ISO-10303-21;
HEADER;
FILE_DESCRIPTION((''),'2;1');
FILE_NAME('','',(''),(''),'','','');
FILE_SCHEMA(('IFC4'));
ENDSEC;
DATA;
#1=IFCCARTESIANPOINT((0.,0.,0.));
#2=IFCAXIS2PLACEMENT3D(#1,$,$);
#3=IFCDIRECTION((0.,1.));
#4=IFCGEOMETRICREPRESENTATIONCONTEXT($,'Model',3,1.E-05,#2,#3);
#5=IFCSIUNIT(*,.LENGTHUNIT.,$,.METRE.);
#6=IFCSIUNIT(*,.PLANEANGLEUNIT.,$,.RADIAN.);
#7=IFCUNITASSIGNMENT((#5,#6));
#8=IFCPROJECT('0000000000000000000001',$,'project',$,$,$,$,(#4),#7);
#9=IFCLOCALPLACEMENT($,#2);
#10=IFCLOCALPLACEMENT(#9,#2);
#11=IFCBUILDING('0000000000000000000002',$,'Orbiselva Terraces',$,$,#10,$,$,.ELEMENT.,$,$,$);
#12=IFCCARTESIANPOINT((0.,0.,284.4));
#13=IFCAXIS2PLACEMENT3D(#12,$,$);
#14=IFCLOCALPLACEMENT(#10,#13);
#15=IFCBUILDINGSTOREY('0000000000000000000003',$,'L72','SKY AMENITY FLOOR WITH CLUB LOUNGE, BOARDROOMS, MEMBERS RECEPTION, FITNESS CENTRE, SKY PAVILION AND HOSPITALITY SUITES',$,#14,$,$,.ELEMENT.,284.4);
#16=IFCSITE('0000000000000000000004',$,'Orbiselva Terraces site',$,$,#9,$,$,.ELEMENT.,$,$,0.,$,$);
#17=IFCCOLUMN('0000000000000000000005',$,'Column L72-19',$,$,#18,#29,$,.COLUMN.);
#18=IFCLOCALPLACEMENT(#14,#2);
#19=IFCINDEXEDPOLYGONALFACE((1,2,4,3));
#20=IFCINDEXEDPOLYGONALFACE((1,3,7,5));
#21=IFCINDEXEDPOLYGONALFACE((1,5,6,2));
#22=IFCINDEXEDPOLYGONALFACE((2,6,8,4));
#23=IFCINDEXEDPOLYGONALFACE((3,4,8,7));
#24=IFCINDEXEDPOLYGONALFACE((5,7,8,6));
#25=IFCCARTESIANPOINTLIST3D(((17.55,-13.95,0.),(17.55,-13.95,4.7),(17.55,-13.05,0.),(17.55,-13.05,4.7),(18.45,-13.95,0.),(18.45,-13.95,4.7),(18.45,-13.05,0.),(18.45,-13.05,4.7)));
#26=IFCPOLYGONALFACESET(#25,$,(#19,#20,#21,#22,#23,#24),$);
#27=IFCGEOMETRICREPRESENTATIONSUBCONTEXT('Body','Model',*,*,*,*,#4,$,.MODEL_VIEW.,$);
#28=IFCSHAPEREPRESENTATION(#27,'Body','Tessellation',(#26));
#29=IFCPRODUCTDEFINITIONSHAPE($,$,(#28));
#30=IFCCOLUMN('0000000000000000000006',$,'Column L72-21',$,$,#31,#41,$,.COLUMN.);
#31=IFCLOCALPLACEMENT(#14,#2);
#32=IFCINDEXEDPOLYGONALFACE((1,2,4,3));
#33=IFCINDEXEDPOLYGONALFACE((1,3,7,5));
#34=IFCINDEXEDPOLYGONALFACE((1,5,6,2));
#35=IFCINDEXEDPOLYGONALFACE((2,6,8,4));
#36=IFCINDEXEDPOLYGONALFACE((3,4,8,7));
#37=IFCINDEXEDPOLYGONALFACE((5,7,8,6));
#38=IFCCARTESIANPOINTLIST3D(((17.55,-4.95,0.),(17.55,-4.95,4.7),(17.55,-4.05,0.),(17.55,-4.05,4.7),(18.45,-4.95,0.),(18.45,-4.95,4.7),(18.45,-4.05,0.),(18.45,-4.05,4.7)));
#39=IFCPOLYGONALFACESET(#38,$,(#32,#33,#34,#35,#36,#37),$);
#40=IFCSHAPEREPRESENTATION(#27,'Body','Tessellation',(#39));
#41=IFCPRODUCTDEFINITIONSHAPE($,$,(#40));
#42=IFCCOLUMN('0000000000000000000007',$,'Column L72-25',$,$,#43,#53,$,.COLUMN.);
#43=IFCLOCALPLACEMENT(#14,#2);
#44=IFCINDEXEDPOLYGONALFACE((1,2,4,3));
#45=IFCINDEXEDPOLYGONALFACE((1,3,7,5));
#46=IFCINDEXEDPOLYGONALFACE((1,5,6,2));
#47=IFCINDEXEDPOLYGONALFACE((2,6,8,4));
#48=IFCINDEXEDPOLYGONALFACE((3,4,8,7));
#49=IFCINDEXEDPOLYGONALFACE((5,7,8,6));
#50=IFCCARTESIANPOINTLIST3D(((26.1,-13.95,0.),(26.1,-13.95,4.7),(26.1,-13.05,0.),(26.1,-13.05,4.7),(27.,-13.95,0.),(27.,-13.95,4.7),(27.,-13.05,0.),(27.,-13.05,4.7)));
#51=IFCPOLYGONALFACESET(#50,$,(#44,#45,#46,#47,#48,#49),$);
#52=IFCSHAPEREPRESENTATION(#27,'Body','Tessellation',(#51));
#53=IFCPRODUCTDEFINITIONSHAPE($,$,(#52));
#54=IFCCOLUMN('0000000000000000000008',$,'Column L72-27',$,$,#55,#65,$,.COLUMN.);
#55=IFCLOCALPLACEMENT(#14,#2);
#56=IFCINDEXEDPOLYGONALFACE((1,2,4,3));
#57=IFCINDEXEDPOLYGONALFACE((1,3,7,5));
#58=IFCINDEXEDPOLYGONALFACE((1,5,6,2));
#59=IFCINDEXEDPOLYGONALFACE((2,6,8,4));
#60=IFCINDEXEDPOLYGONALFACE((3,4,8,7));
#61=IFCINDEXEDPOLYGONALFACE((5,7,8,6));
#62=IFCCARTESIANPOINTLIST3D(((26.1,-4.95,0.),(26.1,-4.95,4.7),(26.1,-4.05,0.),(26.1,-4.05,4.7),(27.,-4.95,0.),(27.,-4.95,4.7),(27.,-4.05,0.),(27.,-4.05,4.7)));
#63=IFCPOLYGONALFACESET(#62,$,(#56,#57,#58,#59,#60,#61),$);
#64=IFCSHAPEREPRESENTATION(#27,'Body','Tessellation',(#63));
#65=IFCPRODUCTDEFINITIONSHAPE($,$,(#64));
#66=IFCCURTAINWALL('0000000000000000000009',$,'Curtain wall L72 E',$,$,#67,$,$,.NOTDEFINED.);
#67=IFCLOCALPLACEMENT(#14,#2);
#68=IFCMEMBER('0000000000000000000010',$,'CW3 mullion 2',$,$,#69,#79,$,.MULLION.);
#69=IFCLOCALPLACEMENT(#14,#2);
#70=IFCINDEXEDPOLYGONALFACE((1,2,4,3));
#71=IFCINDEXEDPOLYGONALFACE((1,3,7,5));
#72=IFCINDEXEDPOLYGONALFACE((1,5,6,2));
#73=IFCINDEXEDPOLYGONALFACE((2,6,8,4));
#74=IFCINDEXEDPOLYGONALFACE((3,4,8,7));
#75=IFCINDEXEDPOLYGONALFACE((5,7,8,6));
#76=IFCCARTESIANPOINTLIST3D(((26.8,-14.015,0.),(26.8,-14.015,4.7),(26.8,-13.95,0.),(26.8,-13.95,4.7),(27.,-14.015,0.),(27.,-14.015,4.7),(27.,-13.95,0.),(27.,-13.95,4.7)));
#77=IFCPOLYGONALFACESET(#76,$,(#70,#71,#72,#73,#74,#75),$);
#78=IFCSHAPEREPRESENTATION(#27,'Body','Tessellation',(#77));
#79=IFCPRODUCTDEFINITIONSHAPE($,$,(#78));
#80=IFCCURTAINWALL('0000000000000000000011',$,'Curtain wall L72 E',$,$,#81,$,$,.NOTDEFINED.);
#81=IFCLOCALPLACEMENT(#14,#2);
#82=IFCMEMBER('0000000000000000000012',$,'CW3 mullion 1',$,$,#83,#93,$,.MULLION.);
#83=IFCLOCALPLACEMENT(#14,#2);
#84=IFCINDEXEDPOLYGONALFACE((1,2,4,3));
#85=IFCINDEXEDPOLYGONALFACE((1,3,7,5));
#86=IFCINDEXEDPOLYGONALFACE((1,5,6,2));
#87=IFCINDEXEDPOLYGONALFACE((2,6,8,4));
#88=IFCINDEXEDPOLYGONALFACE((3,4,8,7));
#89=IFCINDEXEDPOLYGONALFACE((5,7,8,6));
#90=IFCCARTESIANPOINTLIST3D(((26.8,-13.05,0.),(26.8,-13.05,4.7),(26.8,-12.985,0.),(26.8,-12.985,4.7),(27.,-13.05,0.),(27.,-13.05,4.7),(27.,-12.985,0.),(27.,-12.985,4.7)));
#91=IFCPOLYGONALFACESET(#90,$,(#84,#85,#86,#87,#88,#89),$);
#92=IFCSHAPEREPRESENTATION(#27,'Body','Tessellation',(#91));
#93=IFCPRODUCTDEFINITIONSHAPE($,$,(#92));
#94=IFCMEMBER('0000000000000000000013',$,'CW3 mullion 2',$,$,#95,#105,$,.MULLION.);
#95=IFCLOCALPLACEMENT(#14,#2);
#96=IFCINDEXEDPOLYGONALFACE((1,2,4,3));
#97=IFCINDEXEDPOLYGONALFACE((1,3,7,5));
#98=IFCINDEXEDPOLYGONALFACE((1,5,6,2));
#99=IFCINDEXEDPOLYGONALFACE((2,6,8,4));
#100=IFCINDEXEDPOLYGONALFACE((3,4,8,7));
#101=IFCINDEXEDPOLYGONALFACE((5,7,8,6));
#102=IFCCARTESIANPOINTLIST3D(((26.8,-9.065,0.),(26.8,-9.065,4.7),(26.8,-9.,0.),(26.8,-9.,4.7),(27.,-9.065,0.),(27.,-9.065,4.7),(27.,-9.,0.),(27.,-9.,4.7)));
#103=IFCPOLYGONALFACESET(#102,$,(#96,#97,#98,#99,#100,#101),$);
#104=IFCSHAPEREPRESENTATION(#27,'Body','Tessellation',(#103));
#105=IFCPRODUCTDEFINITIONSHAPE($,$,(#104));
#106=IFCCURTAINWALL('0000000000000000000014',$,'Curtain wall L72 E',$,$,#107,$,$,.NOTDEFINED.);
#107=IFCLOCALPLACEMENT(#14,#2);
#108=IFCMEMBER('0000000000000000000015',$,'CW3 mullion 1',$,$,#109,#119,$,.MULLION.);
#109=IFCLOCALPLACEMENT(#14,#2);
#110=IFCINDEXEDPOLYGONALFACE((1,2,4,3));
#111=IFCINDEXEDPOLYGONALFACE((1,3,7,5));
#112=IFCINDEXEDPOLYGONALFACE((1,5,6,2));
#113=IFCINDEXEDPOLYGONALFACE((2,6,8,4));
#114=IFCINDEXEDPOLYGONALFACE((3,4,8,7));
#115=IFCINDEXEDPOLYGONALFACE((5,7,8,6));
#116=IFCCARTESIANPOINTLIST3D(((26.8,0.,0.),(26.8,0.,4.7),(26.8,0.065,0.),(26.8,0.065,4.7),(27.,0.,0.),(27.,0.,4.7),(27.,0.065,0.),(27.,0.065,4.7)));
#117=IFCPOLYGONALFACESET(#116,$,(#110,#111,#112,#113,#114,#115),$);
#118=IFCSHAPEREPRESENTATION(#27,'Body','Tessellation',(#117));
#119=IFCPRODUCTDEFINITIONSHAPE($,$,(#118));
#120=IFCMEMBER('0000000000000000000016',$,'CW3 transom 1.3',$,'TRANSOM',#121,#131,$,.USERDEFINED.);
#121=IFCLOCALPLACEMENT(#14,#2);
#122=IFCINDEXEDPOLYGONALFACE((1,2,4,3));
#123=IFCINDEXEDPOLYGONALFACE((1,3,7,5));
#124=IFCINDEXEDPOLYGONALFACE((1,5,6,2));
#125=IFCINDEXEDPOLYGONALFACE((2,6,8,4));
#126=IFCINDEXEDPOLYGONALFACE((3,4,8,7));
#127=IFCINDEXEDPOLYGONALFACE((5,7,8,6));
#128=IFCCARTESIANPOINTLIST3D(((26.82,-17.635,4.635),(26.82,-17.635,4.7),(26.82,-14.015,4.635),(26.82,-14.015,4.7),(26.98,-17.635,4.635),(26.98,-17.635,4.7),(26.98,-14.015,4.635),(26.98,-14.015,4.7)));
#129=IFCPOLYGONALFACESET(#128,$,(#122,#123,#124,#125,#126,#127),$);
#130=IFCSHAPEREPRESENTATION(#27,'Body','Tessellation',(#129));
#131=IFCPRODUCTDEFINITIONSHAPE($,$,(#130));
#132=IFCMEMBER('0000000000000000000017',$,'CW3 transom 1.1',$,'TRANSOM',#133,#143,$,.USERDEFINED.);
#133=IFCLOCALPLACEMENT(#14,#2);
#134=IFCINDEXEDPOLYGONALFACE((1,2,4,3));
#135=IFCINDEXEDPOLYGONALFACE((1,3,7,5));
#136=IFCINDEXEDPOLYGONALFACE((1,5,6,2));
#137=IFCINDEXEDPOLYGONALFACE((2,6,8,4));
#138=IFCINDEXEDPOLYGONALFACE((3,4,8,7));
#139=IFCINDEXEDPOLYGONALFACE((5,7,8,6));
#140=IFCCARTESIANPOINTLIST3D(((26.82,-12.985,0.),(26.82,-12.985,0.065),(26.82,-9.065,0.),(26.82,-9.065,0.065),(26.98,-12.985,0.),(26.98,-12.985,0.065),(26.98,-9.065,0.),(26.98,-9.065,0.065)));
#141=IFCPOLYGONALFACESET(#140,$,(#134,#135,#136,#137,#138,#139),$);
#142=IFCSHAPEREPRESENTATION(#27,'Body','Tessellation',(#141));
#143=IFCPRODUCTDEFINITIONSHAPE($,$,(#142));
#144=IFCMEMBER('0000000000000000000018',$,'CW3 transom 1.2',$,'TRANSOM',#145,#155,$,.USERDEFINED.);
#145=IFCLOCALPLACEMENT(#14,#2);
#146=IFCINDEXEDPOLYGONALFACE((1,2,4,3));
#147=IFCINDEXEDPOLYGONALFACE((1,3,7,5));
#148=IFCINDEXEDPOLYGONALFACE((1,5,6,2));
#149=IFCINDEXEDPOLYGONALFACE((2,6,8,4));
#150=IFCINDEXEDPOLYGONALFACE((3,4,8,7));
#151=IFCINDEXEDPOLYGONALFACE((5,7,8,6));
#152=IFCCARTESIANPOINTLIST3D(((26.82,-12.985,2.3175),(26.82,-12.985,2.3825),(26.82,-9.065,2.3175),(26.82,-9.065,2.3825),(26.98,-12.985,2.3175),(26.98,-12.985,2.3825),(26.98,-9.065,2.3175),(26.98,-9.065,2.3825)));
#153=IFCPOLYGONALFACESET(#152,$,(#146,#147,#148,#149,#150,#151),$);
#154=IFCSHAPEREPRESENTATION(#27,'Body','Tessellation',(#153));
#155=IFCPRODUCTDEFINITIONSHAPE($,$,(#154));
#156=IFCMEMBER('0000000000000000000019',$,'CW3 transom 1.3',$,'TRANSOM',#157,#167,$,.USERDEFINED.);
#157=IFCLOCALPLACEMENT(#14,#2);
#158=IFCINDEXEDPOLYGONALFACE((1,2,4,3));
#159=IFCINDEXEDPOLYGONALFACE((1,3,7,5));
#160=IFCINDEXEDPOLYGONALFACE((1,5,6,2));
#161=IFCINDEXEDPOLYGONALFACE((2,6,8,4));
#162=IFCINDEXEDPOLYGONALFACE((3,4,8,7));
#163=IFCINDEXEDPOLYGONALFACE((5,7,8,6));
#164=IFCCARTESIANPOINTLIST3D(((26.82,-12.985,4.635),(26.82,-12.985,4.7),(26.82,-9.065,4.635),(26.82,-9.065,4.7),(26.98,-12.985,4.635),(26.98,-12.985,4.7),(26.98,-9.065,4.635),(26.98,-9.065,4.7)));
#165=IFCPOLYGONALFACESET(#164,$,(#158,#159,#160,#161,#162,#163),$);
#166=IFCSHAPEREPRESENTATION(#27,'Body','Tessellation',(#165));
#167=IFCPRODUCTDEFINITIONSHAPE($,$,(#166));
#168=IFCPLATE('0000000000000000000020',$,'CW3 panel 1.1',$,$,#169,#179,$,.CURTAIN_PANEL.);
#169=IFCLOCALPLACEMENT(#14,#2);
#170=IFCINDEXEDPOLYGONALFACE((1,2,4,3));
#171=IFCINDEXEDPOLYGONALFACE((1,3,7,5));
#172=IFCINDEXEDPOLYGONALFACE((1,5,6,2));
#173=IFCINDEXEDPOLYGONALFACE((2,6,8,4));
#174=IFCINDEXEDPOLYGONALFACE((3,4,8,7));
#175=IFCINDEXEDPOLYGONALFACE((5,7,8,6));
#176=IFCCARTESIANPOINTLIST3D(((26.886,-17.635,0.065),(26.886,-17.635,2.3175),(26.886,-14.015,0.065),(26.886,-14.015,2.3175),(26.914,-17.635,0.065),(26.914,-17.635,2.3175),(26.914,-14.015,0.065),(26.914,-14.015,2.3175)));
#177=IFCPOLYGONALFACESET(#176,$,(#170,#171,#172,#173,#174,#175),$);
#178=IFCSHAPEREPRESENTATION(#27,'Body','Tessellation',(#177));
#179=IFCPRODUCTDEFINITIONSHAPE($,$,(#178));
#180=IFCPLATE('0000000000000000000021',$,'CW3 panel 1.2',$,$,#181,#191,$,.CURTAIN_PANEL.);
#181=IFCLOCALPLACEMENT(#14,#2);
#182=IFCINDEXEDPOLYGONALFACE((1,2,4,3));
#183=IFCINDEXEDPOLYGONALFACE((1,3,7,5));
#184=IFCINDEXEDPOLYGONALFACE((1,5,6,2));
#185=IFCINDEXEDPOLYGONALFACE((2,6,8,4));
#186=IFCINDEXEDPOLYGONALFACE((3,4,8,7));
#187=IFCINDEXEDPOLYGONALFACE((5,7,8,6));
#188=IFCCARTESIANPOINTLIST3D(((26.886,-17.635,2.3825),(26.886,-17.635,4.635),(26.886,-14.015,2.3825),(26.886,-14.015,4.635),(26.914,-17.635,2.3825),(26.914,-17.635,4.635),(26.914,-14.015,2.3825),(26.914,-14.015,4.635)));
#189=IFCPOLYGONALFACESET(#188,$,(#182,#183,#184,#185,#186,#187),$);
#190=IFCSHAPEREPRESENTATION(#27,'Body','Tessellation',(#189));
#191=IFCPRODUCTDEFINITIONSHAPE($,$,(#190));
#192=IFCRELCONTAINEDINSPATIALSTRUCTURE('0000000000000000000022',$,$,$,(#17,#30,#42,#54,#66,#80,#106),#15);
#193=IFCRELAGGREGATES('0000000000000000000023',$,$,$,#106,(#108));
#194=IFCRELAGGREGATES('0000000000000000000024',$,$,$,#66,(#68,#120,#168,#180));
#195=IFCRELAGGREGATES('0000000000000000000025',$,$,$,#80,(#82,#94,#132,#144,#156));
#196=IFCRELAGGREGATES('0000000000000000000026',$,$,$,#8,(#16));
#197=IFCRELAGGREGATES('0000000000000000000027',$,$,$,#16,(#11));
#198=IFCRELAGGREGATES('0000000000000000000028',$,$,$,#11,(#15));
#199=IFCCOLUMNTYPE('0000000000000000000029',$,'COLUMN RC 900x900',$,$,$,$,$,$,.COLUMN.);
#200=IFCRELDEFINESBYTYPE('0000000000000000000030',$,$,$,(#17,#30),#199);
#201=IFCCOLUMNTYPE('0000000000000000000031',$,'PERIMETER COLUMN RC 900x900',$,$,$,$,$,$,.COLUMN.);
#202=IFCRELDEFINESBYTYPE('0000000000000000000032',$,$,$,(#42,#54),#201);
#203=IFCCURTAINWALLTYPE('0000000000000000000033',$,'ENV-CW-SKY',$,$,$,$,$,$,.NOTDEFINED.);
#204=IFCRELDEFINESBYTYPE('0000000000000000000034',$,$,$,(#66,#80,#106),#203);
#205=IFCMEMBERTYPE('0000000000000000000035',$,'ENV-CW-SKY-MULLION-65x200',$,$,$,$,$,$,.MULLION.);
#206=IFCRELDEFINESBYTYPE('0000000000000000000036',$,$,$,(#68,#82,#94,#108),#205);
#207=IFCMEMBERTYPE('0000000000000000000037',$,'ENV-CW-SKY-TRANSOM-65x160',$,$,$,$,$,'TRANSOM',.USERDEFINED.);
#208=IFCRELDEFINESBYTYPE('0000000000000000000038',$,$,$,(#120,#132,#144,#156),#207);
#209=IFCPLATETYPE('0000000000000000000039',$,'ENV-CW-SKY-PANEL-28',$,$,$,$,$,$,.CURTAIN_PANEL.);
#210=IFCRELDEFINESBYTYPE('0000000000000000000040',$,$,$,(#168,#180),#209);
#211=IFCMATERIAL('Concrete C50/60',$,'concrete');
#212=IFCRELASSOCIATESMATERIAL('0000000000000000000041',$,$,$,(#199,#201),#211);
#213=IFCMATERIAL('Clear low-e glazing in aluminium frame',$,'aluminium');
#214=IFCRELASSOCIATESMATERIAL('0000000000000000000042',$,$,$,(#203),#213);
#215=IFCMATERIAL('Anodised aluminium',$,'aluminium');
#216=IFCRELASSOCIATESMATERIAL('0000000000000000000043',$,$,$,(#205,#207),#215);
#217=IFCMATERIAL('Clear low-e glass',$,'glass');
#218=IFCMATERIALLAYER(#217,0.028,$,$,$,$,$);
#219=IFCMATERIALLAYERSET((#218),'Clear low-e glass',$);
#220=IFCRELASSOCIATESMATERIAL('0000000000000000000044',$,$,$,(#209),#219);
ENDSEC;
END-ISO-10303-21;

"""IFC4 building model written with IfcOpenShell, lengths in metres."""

from ifc_helpers import new_model, si_unit, direction, frame, origin, origin_2d, place, context, subcontext, project, spatial, rectangle, extrude, material, layer, layer_set, material_profile, profile_set, type_object, element, aggregate, save


model = new_model("IFC4")

# Units and contexts
model_context = context("Model", 3, precision=1e-05, world=origin(), true_north=direction((0.0, 1.0)))
body_context = subcontext(model_context, "Body", "Model", "MODEL_VIEW")
ifc_project = project(units=[si_unit("LENGTHUNIT", "METRE"), si_unit("PLANEANGLEUNIT", "RADIAN")], contexts=[model_context])

# Site, building, storey
site_placement = place(None, origin())
site = spatial("IfcSite", under=ifc_project, at=site_placement, Name="Orbiselva Terraces site", CompositionType="ELEMENT", RefElevation=0.0)
building_placement = place(site_placement, origin())
building = spatial("IfcBuilding", under=site, at=building_placement, Name="Orbiselva Terraces", CompositionType="ELEMENT")
storey_placement = place(building_placement, frame((0.0, 0.0, 284.4)))
storey = spatial("IfcBuildingStorey", under=building, at=storey_placement, Name="L72", Description="SKY AMENITY FLOOR WITH CLUB LOUNGE, BOARDROOMS, MEMBERS RECEPTION, FITNESS CENTRE, SKY PAVILION AND HOSPITALITY SUITES", CompositionType="ELEMENT", Elevation=284.4)

# Columns
ifc_material_1 = material(Name="Concrete C50/60", Category="concrete")
ifc_material_profile_1 = material_profile(ifc_material_1, rectangle(XDim=0.9, YDim=0.9, at=origin_2d()), Name="RC 900x900")
ifc_profile_set_1 = profile_set([ifc_material_profile_1], Name="Concrete C50/60")
column_type_1 = type_object("IfcColumnType", Name="COLUMN RC 900x900", PredefinedType="COLUMN", material=ifc_profile_set_1)
for number, where, z_axis, x_axis, name in (
    (1, (18.0, -13.5, 0.0), (0.0, 0.0, 1.0), (1.0, 0.0, 0.0), "Column L72-19"),
    (2, (18.0, -4.5, 0.0), (0.0, 0.0, 1.0), (1.0, 0.0, 0.0), "Column L72-21"),
):
    element("IfcColumn", number, at=place(storey_placement, frame(where, z_axis=z_axis, x_axis=x_axis)), inside=storey, type_object=column_type_1, Name=name, PredefinedType="COLUMN", context=body_context, shape_type="SweptSolid", body=[
        extrude(rectangle(XDim=0.9, YDim=0.9, at=origin_2d()), origin(), (0.0, 0.0, 1.0), 4.7),
    ])
ifc_material_profile_2 = material_profile(ifc_material_1, rectangle(XDim=0.9, YDim=0.9, at=origin_2d()), Name="RC 900x900")
ifc_profile_set_2 = profile_set([ifc_material_profile_2], Name="Concrete C50/60")
column_type_2 = type_object("IfcColumnType", Name="PERIMETER COLUMN RC 900x900", PredefinedType="COLUMN", material=ifc_profile_set_2)
for number, where, z_axis, x_axis, name in (
    (3, (26.55, -13.5, 0.0), (0.0, 0.0, 1.0), (1.0, 0.0, 0.0), "Column L72-25"),
    (4, (26.55, -4.5, 0.0), (0.0, 0.0, 1.0), (1.0, 0.0, 0.0), "Column L72-27"),
):
    element("IfcColumn", number, at=place(storey_placement, frame(where, z_axis=z_axis, x_axis=x_axis)), inside=storey, type_object=column_type_2, Name=name, PredefinedType="COLUMN", context=body_context, shape_type="SweptSolid", body=[
        extrude(rectangle(XDim=0.9, YDim=0.9, at=origin_2d()), origin(), (0.0, 0.0, 1.0), 4.7),
    ])

# Curtain wall, member
ifc_material_2 = material(Name="Clear low-e glazing in aluminium frame", Category="aluminium")
curtain_wall_type = type_object("IfcCurtainWallType", Name="ENV-CW-SKY", PredefinedType="NOTDEFINED", material=ifc_material_2)
curtain_wall_1_placement = place(storey_placement, origin())
curtain_wall_1 = element("IfcCurtainWall", 5, at=curtain_wall_1_placement, inside=storey, type_object=curtain_wall_type, Name="Curtain wall L72 E", PredefinedType="NOTDEFINED")
ifc_material_3 = material(Name="Anodised aluminium", Category="aluminium")
ifc_material_profile_3 = material_profile(ifc_material_3, rectangle(XDim=0.2, YDim=0.065, at=origin_2d()), Name="AL 65x200")
ifc_profile_set_3 = profile_set([ifc_material_profile_3], Name="Anodised aluminium")
member_type_1 = type_object("IfcMemberType", Name="ENV-CW-SKY-MULLION-65x200", PredefinedType="MULLION", material=ifc_profile_set_3)
member_1_placement = place(storey_placement, frame((26.9, -13.9825, 0.0), z_axis=(0.0, 0.0, 1.0), x_axis=(-1.0, 0.0, 0.0)))
member_1 = element("IfcMember", 6, at=member_1_placement, type_object=member_type_1, Name="CW3 mullion 2", PredefinedType="MULLION", context=body_context, shape_type="SweptSolid", body=[
    extrude(rectangle(XDim=0.2, YDim=0.065, at=origin_2d()), origin(), (0.0, 0.0, 1.0), 4.7),
])

# Curtain wall, members
curtain_wall_2_placement = place(storey_placement, origin())
curtain_wall_2 = element("IfcCurtainWall", 7, at=curtain_wall_2_placement, inside=storey, type_object=curtain_wall_type, Name="Curtain wall L72 E", PredefinedType="NOTDEFINED")
member_2_placement = place(storey_placement, frame((26.9, -13.0175, 0.0), z_axis=(0.0, 0.0, 1.0), x_axis=(-1.0, 0.0, 0.0)))
member_2 = element("IfcMember", 8, at=member_2_placement, type_object=member_type_1, Name="CW3 mullion 1", PredefinedType="MULLION", context=body_context, shape_type="SweptSolid", body=[
    extrude(rectangle(XDim=0.2, YDim=0.065, at=origin_2d()), origin(), (0.0, 0.0, 1.0), 4.7),
])
member_3_placement = place(storey_placement, frame((26.9, -9.0325, 0.0), z_axis=(0.0, 0.0, 1.0), x_axis=(-1.0, 0.0, 0.0)))
member_3 = element("IfcMember", 9, at=member_3_placement, type_object=member_type_1, Name="CW3 mullion 2", PredefinedType="MULLION", context=body_context, shape_type="SweptSolid", body=[
    extrude(rectangle(XDim=0.2, YDim=0.065, at=origin_2d()), origin(), (0.0, 0.0, 1.0), 4.7),
])

# Curtain wall, member
curtain_wall_3_placement = place(storey_placement, origin())
curtain_wall_3 = element("IfcCurtainWall", 10, at=curtain_wall_3_placement, inside=storey, type_object=curtain_wall_type, Name="Curtain wall L72 E", PredefinedType="NOTDEFINED")
member_4_placement = place(storey_placement, frame((26.9, 0.0325, 0.0), z_axis=(0.0, 0.0, 1.0), x_axis=(-1.0, 0.0, 0.0)))
member_4 = element("IfcMember", 11, at=member_4_placement, type_object=member_type_1, Name="CW3 mullion 1", PredefinedType="MULLION", context=body_context, shape_type="SweptSolid", body=[
    extrude(rectangle(XDim=0.2, YDim=0.065, at=origin_2d()), origin(), (0.0, 0.0, 1.0), 4.7),
])
aggregate(curtain_wall_3, [member_4])

# Members
ifc_material_profile_4 = material_profile(ifc_material_3, rectangle(XDim=0.16, YDim=0.065, at=origin_2d()), Name="AL 65x160")
ifc_profile_set_4 = profile_set([ifc_material_profile_4], Name="Anodised aluminium")
member_type_2 = type_object("IfcMemberType", Name="ENV-CW-SKY-TRANSOM-65x160", ElementType="TRANSOM", PredefinedType="USERDEFINED", material=ifc_profile_set_4)
member_5_placement = place(storey_placement, frame((26.9, -17.635, 4.6675), z_axis=(0.0, 1.0, 0.0), x_axis=(-1.0, 0.0, 0.0)))
member_5 = element("IfcMember", 12, at=member_5_placement, type_object=member_type_2, Name="CW3 transom 1.3", ObjectType="TRANSOM", PredefinedType="USERDEFINED", context=body_context, shape_type="SweptSolid", body=[
    extrude(rectangle(XDim=0.16, YDim=0.065, at=origin_2d()), origin(), (0.0, 0.0, 1.0), 3.62),
])
member_6_placement = place(storey_placement, frame((26.9, -12.985, 0.0325), z_axis=(0.0, 1.0, 0.0), x_axis=(-1.0, 0.0, 0.0)))
member_6 = element("IfcMember", 13, at=member_6_placement, type_object=member_type_2, Name="CW3 transom 1.1", ObjectType="TRANSOM", PredefinedType="USERDEFINED", context=body_context, shape_type="SweptSolid", body=[
    extrude(rectangle(XDim=0.16, YDim=0.065, at=origin_2d()), origin(), (0.0, 0.0, 1.0), 3.92),
])
member_7_placement = place(storey_placement, frame((26.9, -12.985, 2.35), z_axis=(0.0, 1.0, 0.0), x_axis=(-1.0, 0.0, 0.0)))
member_7 = element("IfcMember", 14, at=member_7_placement, type_object=member_type_2, Name="CW3 transom 1.2", ObjectType="TRANSOM", PredefinedType="USERDEFINED", context=body_context, shape_type="SweptSolid", body=[
    extrude(rectangle(XDim=0.16, YDim=0.065, at=origin_2d()), origin(), (0.0, 0.0, 1.0), 3.92),
])
member_8_placement = place(storey_placement, frame((26.9, -12.985, 4.6675), z_axis=(0.0, 1.0, 0.0), x_axis=(-1.0, 0.0, 0.0)))
member_8 = element("IfcMember", 15, at=member_8_placement, type_object=member_type_2, Name="CW3 transom 1.3", ObjectType="TRANSOM", PredefinedType="USERDEFINED", context=body_context, shape_type="SweptSolid", body=[
    extrude(rectangle(XDim=0.16, YDim=0.065, at=origin_2d()), origin(), (0.0, 0.0, 1.0), 3.92),
])

# Plates
ifc_material_4 = material(Name="Clear low-e glass", Category="glass")
ifc_layer_1 = layer(ifc_material_4, 0.028)
ifc_layer_set_1 = layer_set([ifc_layer_1], Name="Clear low-e glass")
plate_type = type_object("IfcPlateType", Name="ENV-CW-SKY-PANEL-28", PredefinedType="CURTAIN_PANEL", material=ifc_layer_set_1)
plate_1_placement = place(storey_placement, frame((26.9, -15.825, 0.065), z_axis=(0.0, 0.0, 1.0), x_axis=(0.0, 1.0, 0.0)))
plate_1 = element("IfcPlate", 16, at=plate_1_placement, type_object=plate_type, Name="CW3 panel 1.1", PredefinedType="CURTAIN_PANEL", context=body_context, shape_type="SweptSolid", body=[
    extrude(rectangle(XDim=3.62, YDim=0.028, at=origin_2d()), origin(), (0.0, 0.0, 1.0), 2.2525),
])
plate_2_placement = place(storey_placement, frame((26.9, -15.825, 2.3825), z_axis=(0.0, 0.0, 1.0), x_axis=(0.0, 1.0, 0.0)))
plate_2 = element("IfcPlate", 17, at=plate_2_placement, type_object=plate_type, Name="CW3 panel 1.2", PredefinedType="CURTAIN_PANEL", context=body_context, shape_type="SweptSolid", body=[
    extrude(rectangle(XDim=3.62, YDim=0.028, at=origin_2d()), origin(), (0.0, 0.0, 1.0), 2.2525),
])
aggregate(curtain_wall_1, [member_1, member_5, plate_1, plate_2])
aggregate(curtain_wall_2, [member_2, member_3, member_6, member_7, member_8])

save(model, "model.ifc")
